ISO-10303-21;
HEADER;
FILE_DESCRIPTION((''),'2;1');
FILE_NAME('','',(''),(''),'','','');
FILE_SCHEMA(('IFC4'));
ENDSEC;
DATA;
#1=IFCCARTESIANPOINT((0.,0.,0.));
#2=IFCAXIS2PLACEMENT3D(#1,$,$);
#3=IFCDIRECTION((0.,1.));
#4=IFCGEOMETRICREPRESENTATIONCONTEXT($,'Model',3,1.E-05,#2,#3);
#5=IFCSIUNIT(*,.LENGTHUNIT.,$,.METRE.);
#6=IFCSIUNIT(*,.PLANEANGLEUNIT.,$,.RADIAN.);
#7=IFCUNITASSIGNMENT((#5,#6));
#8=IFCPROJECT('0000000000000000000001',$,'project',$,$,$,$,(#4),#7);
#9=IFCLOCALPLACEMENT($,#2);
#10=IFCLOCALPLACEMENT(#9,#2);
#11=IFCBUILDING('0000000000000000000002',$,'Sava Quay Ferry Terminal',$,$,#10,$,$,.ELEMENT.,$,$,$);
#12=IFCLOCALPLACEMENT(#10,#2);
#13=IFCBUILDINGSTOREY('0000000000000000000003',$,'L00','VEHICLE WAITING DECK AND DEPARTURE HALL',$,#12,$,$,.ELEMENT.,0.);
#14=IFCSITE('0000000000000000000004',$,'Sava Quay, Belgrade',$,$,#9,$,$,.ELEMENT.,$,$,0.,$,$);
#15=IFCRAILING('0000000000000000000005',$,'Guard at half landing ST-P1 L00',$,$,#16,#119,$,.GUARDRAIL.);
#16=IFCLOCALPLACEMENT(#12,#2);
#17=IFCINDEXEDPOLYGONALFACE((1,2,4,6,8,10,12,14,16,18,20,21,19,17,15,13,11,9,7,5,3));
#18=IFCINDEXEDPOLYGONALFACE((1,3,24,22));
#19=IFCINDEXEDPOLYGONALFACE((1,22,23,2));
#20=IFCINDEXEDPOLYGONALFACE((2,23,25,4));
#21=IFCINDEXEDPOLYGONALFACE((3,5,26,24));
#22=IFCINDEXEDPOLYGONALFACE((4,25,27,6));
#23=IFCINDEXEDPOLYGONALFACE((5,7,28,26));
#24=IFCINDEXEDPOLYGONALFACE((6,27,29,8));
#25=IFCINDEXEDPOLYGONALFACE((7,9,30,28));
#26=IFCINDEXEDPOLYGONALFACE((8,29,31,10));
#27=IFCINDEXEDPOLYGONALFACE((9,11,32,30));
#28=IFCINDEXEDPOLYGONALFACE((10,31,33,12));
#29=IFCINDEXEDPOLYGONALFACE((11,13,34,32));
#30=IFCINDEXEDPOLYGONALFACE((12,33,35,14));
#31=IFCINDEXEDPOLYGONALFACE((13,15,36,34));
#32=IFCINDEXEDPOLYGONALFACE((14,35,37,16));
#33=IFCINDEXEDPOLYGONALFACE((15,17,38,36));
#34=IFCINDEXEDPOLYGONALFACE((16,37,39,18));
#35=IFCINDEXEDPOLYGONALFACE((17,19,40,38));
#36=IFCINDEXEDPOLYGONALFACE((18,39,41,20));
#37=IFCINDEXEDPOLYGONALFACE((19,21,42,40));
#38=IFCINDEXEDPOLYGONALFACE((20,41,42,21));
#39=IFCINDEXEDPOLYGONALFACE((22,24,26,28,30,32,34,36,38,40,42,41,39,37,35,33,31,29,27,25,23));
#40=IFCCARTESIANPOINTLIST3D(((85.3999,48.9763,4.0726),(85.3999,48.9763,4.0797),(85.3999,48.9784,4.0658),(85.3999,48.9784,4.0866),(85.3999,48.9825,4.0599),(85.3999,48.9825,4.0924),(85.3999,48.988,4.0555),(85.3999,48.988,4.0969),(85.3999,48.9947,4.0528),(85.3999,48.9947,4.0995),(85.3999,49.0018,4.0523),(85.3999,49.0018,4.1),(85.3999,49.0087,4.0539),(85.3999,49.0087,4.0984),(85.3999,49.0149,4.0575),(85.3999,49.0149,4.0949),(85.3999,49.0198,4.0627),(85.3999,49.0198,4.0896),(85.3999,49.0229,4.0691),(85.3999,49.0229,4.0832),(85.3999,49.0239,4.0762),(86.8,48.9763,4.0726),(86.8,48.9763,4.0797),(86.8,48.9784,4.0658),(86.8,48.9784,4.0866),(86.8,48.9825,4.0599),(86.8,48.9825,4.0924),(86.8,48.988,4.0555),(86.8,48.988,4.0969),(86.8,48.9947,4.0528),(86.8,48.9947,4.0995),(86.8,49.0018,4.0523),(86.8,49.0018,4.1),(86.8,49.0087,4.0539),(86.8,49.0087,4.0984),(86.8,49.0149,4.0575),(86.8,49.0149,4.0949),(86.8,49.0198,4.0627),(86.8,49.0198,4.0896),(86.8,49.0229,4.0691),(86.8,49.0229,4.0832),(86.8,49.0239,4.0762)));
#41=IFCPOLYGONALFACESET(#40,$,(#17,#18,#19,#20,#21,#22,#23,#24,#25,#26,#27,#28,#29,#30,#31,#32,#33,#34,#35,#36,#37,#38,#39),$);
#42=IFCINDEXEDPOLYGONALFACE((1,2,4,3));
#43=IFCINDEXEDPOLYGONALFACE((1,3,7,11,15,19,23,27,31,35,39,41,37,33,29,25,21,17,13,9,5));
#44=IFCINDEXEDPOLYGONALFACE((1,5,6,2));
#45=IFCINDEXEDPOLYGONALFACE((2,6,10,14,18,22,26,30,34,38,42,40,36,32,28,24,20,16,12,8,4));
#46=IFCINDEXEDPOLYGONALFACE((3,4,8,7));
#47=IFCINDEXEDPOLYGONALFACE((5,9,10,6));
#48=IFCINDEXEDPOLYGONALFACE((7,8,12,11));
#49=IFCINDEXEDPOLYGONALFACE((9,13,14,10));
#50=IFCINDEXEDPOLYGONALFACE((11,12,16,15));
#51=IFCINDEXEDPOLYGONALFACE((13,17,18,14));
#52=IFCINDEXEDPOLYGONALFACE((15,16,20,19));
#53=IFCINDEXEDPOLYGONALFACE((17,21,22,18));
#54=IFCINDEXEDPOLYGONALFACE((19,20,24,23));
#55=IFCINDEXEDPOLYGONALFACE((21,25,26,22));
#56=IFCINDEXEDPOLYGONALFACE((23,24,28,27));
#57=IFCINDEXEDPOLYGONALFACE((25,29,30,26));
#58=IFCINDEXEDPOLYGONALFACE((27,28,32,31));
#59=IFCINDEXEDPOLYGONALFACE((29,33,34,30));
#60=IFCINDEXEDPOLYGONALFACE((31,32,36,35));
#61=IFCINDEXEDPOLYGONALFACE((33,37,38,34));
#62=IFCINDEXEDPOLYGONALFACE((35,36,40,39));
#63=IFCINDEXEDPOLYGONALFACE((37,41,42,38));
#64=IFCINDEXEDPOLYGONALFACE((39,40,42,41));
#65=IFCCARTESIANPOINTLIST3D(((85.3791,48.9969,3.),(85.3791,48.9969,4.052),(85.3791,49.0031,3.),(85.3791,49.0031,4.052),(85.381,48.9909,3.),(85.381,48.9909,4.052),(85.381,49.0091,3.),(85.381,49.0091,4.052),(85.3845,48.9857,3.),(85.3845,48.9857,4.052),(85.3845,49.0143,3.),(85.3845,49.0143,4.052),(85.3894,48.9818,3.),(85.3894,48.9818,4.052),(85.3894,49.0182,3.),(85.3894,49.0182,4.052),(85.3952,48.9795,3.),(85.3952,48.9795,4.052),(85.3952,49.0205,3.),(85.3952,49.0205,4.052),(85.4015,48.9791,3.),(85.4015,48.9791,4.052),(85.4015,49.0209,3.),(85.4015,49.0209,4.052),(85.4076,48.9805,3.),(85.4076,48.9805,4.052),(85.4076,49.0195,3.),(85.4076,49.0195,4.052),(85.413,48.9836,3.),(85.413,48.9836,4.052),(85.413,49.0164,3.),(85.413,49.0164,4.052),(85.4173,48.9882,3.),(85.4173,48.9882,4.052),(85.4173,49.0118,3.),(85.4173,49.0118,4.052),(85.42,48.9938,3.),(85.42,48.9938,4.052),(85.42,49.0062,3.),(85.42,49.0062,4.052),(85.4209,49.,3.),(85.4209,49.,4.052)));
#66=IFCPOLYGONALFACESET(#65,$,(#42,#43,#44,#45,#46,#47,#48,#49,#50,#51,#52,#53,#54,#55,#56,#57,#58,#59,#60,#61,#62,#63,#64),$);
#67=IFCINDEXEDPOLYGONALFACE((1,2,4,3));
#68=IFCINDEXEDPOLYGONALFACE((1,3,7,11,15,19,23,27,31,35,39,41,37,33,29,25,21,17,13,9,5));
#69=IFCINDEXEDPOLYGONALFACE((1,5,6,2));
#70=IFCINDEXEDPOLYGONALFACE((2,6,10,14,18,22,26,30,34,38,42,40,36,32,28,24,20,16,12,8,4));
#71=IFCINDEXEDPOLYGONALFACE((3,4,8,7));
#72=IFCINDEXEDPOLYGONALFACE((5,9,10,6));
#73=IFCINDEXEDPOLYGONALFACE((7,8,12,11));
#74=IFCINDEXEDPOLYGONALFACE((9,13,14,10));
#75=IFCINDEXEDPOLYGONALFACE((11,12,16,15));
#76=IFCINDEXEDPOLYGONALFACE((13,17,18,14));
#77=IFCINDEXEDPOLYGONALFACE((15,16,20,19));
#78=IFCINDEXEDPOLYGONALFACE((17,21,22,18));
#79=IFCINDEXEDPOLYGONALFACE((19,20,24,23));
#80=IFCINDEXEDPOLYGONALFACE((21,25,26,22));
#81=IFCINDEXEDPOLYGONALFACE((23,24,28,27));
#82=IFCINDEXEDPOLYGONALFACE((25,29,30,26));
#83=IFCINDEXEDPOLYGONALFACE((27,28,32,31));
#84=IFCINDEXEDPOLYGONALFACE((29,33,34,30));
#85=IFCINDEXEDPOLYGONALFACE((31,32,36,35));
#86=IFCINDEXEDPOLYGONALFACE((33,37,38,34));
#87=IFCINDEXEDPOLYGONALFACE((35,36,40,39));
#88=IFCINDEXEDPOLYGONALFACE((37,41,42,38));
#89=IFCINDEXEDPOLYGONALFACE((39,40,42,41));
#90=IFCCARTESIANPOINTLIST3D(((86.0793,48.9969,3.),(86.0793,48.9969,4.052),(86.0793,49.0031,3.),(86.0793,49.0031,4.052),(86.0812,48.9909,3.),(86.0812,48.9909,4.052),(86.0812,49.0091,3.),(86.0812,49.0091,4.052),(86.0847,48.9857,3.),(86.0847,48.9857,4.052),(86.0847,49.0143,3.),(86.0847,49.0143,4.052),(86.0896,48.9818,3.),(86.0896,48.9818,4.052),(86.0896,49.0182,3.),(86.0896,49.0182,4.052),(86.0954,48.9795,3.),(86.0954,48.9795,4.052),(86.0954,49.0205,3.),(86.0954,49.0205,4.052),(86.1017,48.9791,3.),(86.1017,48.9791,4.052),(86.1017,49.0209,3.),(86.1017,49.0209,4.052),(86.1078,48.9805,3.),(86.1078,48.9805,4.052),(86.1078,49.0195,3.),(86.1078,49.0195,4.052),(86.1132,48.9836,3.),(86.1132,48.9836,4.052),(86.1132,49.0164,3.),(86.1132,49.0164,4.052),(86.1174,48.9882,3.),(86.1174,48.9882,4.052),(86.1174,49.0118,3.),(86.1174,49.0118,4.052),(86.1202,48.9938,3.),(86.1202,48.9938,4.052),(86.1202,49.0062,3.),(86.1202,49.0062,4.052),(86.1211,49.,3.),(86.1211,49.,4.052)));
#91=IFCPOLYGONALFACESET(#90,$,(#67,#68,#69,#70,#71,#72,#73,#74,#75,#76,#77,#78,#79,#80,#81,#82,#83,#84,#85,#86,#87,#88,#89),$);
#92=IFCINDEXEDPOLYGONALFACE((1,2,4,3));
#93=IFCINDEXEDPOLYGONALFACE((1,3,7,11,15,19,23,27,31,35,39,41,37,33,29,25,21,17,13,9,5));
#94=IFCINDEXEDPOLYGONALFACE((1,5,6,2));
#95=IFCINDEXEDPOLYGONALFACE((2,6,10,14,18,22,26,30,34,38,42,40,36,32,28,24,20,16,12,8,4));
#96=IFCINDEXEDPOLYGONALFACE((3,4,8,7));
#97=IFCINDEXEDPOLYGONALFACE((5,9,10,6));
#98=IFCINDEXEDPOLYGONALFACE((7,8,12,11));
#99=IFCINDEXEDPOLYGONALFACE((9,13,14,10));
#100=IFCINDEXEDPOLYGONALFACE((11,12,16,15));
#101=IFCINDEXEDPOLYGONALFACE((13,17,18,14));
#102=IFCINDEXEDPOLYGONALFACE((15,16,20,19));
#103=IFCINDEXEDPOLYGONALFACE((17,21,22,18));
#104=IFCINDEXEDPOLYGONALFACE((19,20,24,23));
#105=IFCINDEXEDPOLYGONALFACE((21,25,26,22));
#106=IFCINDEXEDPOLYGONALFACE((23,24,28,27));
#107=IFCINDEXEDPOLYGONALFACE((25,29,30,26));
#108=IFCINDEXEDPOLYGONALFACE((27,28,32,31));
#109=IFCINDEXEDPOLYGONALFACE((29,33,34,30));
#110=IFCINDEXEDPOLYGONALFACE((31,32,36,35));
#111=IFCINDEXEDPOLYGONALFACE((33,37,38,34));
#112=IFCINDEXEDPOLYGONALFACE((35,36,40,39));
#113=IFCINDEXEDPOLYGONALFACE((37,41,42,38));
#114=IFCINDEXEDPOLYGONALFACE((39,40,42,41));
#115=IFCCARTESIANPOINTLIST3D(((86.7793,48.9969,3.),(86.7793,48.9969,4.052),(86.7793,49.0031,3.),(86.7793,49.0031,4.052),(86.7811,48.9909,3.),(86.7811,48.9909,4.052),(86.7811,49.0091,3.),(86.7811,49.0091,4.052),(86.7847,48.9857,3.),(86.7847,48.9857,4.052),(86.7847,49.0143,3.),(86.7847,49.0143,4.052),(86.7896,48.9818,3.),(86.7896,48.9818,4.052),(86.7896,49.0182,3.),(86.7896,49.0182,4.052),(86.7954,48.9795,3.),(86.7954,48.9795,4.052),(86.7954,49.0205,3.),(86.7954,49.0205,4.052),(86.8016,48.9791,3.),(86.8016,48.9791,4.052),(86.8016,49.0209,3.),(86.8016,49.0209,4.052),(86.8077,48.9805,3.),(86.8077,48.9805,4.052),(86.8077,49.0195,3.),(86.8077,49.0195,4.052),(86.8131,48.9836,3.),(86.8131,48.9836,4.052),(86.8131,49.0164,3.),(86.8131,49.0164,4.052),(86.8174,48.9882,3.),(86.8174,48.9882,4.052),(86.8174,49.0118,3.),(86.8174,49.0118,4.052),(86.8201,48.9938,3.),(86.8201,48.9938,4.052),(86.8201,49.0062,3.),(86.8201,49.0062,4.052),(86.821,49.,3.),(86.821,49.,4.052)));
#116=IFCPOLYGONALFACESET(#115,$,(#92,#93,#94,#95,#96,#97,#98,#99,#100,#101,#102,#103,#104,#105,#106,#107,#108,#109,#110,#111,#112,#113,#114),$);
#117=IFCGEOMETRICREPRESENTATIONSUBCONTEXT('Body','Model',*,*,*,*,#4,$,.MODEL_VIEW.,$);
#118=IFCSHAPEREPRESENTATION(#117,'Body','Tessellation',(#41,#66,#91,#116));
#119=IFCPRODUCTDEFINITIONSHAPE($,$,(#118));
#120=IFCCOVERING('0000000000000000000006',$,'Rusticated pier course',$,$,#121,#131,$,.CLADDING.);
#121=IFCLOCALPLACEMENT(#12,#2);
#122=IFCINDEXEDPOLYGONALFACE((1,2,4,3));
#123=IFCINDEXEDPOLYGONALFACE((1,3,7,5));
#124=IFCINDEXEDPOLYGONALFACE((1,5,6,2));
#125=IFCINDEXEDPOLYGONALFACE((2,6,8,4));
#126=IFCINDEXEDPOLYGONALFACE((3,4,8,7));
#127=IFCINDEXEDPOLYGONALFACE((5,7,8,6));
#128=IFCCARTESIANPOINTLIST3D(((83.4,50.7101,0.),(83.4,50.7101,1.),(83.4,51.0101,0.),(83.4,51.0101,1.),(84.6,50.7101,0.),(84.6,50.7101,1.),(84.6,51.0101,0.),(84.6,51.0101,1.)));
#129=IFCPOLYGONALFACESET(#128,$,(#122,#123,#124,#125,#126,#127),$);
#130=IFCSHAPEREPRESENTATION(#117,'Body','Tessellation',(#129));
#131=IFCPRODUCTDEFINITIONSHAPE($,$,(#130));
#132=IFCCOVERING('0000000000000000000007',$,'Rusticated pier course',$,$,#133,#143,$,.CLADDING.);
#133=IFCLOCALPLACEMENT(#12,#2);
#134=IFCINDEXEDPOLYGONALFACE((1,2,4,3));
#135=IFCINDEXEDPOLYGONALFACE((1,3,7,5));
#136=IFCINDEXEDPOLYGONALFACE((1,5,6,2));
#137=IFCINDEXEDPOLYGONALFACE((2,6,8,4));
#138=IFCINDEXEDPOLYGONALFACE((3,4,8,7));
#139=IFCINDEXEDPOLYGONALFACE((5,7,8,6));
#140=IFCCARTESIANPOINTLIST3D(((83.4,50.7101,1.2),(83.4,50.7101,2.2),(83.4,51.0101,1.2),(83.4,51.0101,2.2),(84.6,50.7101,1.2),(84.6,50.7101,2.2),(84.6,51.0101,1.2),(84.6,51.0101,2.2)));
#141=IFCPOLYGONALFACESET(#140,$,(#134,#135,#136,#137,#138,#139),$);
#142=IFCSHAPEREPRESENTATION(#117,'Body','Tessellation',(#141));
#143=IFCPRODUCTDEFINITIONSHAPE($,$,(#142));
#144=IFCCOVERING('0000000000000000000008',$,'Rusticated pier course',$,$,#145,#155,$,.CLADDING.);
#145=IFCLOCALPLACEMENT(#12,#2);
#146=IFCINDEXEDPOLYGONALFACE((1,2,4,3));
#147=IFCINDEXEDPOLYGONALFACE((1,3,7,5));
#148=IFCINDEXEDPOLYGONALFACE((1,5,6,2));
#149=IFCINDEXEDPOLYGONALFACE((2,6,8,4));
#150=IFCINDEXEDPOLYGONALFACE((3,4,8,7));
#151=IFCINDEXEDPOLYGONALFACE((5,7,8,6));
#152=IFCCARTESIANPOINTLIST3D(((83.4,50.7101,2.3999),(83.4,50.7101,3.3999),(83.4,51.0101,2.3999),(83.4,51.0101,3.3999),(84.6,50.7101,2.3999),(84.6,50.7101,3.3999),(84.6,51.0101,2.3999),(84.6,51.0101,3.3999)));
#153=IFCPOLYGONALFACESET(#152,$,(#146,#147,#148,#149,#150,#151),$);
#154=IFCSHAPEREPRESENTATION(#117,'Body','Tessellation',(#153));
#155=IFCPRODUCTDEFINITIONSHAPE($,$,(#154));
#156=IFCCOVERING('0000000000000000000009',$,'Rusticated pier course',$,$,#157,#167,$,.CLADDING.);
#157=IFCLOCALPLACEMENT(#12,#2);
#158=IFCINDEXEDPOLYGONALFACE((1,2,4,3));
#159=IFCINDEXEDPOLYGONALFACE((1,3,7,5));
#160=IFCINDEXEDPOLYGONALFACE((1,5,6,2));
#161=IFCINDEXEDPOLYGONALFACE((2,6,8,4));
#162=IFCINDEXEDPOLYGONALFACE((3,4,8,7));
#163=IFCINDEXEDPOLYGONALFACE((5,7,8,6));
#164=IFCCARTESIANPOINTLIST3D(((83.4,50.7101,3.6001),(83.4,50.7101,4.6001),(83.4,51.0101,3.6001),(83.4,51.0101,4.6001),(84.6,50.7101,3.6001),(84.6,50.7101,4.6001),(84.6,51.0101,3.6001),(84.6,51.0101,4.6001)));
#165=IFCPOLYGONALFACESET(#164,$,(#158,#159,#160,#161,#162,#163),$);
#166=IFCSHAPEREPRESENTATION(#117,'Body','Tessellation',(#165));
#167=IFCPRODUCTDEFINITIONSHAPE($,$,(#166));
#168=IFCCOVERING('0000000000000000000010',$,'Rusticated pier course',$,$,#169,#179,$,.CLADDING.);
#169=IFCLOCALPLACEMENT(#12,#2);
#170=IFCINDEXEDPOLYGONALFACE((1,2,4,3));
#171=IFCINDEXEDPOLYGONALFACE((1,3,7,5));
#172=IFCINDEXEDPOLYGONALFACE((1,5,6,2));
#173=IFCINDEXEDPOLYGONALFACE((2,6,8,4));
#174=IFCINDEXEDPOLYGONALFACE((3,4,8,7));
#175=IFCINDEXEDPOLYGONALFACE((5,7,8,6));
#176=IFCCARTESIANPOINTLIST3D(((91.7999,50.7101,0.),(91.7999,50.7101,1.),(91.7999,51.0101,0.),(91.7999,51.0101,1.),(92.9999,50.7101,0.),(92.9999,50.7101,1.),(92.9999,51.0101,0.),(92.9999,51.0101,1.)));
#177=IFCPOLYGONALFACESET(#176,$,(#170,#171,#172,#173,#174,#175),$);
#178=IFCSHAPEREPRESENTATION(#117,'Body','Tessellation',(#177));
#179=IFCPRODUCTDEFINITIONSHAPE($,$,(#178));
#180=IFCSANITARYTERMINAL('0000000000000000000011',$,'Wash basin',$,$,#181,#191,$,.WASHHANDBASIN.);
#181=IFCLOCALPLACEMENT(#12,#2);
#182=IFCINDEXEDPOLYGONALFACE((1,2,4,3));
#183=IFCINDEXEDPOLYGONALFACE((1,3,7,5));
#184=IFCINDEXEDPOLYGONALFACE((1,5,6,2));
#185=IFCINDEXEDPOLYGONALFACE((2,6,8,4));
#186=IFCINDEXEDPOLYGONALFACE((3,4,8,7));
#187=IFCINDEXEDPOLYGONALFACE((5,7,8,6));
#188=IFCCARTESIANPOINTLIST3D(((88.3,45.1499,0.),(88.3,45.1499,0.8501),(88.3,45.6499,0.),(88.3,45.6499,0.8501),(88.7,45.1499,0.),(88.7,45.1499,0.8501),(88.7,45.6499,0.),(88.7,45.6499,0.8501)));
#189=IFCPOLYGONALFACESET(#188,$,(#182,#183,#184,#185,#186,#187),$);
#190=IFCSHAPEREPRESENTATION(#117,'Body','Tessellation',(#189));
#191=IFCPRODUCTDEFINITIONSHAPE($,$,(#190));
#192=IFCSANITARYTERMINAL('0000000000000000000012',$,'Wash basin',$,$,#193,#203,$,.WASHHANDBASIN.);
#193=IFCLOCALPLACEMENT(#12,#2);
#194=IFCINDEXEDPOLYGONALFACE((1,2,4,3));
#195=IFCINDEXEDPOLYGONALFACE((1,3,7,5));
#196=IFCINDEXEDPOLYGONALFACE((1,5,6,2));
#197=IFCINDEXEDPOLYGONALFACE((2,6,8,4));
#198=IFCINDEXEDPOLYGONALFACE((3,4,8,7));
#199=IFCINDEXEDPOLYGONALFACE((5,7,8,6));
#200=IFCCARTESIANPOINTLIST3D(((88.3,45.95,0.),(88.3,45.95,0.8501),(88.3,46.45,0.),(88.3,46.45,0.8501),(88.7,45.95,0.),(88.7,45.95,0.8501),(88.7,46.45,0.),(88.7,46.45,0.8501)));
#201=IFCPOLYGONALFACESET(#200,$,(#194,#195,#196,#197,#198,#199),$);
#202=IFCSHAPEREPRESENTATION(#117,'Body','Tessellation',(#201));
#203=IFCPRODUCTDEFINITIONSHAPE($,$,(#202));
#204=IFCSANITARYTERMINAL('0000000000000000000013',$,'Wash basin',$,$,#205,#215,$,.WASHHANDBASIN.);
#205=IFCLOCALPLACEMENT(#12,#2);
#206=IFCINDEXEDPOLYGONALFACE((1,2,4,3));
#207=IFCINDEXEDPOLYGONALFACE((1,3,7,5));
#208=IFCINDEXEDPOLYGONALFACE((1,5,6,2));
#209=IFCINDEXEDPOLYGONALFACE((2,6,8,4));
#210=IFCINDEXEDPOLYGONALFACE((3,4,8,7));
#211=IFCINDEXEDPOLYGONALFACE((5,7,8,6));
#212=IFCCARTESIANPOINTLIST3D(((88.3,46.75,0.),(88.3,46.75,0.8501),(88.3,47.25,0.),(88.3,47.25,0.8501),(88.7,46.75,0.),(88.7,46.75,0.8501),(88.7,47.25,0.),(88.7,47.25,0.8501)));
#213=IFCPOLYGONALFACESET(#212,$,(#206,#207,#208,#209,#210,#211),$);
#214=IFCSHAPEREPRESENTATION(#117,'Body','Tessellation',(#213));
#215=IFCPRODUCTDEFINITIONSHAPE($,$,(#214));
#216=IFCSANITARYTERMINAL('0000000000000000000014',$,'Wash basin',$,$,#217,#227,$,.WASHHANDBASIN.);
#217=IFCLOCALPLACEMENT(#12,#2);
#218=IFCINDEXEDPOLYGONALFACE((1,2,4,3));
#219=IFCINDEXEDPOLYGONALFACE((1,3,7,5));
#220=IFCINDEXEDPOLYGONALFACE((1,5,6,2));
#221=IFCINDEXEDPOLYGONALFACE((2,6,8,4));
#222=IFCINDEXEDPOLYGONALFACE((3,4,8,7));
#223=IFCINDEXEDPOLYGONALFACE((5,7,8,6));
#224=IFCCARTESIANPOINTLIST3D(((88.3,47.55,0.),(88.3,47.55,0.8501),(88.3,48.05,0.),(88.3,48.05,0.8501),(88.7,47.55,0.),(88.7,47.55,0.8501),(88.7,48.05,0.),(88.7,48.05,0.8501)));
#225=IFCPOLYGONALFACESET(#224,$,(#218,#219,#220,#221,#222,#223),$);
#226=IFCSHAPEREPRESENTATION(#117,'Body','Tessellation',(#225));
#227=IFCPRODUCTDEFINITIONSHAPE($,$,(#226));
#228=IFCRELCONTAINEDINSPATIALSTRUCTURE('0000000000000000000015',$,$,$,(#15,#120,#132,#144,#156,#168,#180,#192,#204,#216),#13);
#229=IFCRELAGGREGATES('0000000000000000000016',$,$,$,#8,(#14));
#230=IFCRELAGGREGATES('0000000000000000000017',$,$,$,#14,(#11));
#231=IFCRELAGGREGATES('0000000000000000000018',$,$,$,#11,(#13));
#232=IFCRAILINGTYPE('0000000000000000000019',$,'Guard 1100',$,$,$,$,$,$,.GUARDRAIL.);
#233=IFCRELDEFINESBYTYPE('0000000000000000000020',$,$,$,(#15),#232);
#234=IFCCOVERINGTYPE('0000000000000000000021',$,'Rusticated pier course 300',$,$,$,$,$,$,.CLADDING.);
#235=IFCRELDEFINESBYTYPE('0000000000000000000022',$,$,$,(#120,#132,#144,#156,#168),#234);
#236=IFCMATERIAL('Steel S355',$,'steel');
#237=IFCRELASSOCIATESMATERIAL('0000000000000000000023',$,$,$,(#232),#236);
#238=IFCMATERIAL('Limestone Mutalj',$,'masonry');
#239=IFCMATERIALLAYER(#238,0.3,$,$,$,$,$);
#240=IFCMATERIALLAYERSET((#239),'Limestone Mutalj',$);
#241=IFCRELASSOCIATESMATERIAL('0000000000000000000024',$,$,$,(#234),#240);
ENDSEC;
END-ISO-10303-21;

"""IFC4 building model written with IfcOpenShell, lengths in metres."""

from ifc_helpers import new_model, si_unit, direction, frame, origin, origin_2d, place, context, subcontext, project, spatial, rectangle, circle, extrude, material, layer, layer_set, type_object, element, save


model = new_model("IFC4")

# Units and contexts
model_context = context("Model", 3, precision=1e-05, world=origin(), true_north=direction((0.0, 1.0)))
body_context = subcontext(model_context, "Body", "Model", "MODEL_VIEW")
ifc_project = project(units=[si_unit("LENGTHUNIT", "METRE"), si_unit("PLANEANGLEUNIT", "RADIAN")], contexts=[model_context])

# Site, building, storey
site_placement = place(None, origin())
site = spatial("IfcSite", under=ifc_project, at=site_placement, Name="Sava Quay, Belgrade", CompositionType="ELEMENT", RefElevation=0.0)
building_placement = place(site_placement, origin())
building = spatial("IfcBuilding", under=site, at=building_placement, Name="Sava Quay Ferry Terminal", CompositionType="ELEMENT")
storey_placement = place(building_placement, origin())
storey = spatial("IfcBuildingStorey", under=building, at=storey_placement, Name="L00", Description="VEHICLE WAITING DECK AND DEPARTURE HALL", CompositionType="ELEMENT", Elevation=0.0)

# Railing
ifc_material_1 = material(Name="Steel S355", Category="steel")
railing_type_1 = type_object("IfcRailingType", Name="Guard 1100", PredefinedType="GUARDRAIL", material=ifc_material_1)
railing_1_placement = place(storey_placement, frame((85.3999, 49.0, 3.0)))
element("IfcRailing", 1, at=railing_1_placement, inside=storey, type_object=railing_type_1, Name="Guard at half landing ST-P1 L00", PredefinedType="GUARDRAIL", context=body_context, shape_type="SweptSolid", body=[
    extrude(circle(Radius=0.0239, at=origin_2d()), frame((0.0, 0.0, 1.0762), z_axis=(1.0, 0.0, 0.0), x_axis=(0.0, 1.0, 0.0)), (0.0, 0.0, 1.0), 1.4001),
    extrude(circle(Radius=0.021, at=origin_2d()), origin(), (0.0, 0.0, 1.0), 1.052),
    extrude(circle(Radius=0.021, at=origin_2d()), frame((0.7002, 0.0, 0.0)), (0.0, 0.0, 1.0), 1.052),
    extrude(circle(Radius=0.021, at=origin_2d()), frame((1.4001, 0.0, 0.0)), (0.0, 0.0, 1.0), 1.052),
])

# Coverings
ifc_material_2 = material(Name="Limestone Mutalj", Category="masonry")
ifc_layer_1 = layer(ifc_material_2, 0.3)
ifc_layer_set_1 = layer_set([ifc_layer_1], Name="Limestone Mutalj")
covering_type = type_object("IfcCoveringType", Name="Rusticated pier course 300", PredefinedType="CLADDING", material=ifc_layer_set_1)
for number, where, z_axis, x_axis, name in (
    (2, (84.0, 50.8601, 0.0), (0.0, 0.0, 1.0), (1.0, 0.0, 0.0), "Rusticated pier course"),
    (3, (84.0, 50.8601, 1.2), (0.0, 0.0, 1.0), (1.0, 0.0, 0.0), "Rusticated pier course"),
    (4, (84.0, 50.8601, 2.3999), (0.0, 0.0, 1.0), (1.0, 0.0, 0.0), "Rusticated pier course"),
    (5, (84.0, 50.8601, 3.6001), (0.0, 0.0, 1.0), (1.0, 0.0, 0.0), "Rusticated pier course"),
    (6, (92.3999, 50.8601, 0.0), (0.0, 0.0, 1.0), (1.0, 0.0, 0.0), "Rusticated pier course"),
):
    element("IfcCovering", number, at=place(storey_placement, frame(where, z_axis=z_axis, x_axis=x_axis)), inside=storey, type_object=covering_type, Name=name, PredefinedType="CLADDING", context=body_context, shape_type="SweptSolid", body=[
        extrude(rectangle(XDim=1.2, YDim=0.3, at=origin_2d()), origin(), (0.0, 0.0, 1.0), 1.0),
    ])

# Sanitary terminals
for number, where, z_axis, x_axis, name in (
    (7, (88.5, 45.3999, 0.0), (0.0, 0.0, 1.0), (1.0, 0.0, 0.0), "Wash basin"),
    (8, (88.5, 46.2, 0.0), (0.0, 0.0, 1.0), (1.0, 0.0, 0.0), "Wash basin"),
    (9, (88.5, 47.0, 0.0), (0.0, 0.0, 1.0), (1.0, 0.0, 0.0), "Wash basin"),
    (10, (88.5, 47.8, 0.0), (0.0, 0.0, 1.0), (1.0, 0.0, 0.0), "Wash basin"),
):
    element("IfcSanitaryTerminal", number, at=place(storey_placement, frame(where, z_axis=z_axis, x_axis=x_axis)), inside=storey, Name=name, PredefinedType="WASHHANDBASIN", context=body_context, shape_type="SweptSolid", body=[
        extrude(rectangle(XDim=0.3999, YDim=0.5, at=origin_2d()), origin(), (0.0, 0.0, 1.0), 0.8501),
    ])

save(model, "model.ifc")
